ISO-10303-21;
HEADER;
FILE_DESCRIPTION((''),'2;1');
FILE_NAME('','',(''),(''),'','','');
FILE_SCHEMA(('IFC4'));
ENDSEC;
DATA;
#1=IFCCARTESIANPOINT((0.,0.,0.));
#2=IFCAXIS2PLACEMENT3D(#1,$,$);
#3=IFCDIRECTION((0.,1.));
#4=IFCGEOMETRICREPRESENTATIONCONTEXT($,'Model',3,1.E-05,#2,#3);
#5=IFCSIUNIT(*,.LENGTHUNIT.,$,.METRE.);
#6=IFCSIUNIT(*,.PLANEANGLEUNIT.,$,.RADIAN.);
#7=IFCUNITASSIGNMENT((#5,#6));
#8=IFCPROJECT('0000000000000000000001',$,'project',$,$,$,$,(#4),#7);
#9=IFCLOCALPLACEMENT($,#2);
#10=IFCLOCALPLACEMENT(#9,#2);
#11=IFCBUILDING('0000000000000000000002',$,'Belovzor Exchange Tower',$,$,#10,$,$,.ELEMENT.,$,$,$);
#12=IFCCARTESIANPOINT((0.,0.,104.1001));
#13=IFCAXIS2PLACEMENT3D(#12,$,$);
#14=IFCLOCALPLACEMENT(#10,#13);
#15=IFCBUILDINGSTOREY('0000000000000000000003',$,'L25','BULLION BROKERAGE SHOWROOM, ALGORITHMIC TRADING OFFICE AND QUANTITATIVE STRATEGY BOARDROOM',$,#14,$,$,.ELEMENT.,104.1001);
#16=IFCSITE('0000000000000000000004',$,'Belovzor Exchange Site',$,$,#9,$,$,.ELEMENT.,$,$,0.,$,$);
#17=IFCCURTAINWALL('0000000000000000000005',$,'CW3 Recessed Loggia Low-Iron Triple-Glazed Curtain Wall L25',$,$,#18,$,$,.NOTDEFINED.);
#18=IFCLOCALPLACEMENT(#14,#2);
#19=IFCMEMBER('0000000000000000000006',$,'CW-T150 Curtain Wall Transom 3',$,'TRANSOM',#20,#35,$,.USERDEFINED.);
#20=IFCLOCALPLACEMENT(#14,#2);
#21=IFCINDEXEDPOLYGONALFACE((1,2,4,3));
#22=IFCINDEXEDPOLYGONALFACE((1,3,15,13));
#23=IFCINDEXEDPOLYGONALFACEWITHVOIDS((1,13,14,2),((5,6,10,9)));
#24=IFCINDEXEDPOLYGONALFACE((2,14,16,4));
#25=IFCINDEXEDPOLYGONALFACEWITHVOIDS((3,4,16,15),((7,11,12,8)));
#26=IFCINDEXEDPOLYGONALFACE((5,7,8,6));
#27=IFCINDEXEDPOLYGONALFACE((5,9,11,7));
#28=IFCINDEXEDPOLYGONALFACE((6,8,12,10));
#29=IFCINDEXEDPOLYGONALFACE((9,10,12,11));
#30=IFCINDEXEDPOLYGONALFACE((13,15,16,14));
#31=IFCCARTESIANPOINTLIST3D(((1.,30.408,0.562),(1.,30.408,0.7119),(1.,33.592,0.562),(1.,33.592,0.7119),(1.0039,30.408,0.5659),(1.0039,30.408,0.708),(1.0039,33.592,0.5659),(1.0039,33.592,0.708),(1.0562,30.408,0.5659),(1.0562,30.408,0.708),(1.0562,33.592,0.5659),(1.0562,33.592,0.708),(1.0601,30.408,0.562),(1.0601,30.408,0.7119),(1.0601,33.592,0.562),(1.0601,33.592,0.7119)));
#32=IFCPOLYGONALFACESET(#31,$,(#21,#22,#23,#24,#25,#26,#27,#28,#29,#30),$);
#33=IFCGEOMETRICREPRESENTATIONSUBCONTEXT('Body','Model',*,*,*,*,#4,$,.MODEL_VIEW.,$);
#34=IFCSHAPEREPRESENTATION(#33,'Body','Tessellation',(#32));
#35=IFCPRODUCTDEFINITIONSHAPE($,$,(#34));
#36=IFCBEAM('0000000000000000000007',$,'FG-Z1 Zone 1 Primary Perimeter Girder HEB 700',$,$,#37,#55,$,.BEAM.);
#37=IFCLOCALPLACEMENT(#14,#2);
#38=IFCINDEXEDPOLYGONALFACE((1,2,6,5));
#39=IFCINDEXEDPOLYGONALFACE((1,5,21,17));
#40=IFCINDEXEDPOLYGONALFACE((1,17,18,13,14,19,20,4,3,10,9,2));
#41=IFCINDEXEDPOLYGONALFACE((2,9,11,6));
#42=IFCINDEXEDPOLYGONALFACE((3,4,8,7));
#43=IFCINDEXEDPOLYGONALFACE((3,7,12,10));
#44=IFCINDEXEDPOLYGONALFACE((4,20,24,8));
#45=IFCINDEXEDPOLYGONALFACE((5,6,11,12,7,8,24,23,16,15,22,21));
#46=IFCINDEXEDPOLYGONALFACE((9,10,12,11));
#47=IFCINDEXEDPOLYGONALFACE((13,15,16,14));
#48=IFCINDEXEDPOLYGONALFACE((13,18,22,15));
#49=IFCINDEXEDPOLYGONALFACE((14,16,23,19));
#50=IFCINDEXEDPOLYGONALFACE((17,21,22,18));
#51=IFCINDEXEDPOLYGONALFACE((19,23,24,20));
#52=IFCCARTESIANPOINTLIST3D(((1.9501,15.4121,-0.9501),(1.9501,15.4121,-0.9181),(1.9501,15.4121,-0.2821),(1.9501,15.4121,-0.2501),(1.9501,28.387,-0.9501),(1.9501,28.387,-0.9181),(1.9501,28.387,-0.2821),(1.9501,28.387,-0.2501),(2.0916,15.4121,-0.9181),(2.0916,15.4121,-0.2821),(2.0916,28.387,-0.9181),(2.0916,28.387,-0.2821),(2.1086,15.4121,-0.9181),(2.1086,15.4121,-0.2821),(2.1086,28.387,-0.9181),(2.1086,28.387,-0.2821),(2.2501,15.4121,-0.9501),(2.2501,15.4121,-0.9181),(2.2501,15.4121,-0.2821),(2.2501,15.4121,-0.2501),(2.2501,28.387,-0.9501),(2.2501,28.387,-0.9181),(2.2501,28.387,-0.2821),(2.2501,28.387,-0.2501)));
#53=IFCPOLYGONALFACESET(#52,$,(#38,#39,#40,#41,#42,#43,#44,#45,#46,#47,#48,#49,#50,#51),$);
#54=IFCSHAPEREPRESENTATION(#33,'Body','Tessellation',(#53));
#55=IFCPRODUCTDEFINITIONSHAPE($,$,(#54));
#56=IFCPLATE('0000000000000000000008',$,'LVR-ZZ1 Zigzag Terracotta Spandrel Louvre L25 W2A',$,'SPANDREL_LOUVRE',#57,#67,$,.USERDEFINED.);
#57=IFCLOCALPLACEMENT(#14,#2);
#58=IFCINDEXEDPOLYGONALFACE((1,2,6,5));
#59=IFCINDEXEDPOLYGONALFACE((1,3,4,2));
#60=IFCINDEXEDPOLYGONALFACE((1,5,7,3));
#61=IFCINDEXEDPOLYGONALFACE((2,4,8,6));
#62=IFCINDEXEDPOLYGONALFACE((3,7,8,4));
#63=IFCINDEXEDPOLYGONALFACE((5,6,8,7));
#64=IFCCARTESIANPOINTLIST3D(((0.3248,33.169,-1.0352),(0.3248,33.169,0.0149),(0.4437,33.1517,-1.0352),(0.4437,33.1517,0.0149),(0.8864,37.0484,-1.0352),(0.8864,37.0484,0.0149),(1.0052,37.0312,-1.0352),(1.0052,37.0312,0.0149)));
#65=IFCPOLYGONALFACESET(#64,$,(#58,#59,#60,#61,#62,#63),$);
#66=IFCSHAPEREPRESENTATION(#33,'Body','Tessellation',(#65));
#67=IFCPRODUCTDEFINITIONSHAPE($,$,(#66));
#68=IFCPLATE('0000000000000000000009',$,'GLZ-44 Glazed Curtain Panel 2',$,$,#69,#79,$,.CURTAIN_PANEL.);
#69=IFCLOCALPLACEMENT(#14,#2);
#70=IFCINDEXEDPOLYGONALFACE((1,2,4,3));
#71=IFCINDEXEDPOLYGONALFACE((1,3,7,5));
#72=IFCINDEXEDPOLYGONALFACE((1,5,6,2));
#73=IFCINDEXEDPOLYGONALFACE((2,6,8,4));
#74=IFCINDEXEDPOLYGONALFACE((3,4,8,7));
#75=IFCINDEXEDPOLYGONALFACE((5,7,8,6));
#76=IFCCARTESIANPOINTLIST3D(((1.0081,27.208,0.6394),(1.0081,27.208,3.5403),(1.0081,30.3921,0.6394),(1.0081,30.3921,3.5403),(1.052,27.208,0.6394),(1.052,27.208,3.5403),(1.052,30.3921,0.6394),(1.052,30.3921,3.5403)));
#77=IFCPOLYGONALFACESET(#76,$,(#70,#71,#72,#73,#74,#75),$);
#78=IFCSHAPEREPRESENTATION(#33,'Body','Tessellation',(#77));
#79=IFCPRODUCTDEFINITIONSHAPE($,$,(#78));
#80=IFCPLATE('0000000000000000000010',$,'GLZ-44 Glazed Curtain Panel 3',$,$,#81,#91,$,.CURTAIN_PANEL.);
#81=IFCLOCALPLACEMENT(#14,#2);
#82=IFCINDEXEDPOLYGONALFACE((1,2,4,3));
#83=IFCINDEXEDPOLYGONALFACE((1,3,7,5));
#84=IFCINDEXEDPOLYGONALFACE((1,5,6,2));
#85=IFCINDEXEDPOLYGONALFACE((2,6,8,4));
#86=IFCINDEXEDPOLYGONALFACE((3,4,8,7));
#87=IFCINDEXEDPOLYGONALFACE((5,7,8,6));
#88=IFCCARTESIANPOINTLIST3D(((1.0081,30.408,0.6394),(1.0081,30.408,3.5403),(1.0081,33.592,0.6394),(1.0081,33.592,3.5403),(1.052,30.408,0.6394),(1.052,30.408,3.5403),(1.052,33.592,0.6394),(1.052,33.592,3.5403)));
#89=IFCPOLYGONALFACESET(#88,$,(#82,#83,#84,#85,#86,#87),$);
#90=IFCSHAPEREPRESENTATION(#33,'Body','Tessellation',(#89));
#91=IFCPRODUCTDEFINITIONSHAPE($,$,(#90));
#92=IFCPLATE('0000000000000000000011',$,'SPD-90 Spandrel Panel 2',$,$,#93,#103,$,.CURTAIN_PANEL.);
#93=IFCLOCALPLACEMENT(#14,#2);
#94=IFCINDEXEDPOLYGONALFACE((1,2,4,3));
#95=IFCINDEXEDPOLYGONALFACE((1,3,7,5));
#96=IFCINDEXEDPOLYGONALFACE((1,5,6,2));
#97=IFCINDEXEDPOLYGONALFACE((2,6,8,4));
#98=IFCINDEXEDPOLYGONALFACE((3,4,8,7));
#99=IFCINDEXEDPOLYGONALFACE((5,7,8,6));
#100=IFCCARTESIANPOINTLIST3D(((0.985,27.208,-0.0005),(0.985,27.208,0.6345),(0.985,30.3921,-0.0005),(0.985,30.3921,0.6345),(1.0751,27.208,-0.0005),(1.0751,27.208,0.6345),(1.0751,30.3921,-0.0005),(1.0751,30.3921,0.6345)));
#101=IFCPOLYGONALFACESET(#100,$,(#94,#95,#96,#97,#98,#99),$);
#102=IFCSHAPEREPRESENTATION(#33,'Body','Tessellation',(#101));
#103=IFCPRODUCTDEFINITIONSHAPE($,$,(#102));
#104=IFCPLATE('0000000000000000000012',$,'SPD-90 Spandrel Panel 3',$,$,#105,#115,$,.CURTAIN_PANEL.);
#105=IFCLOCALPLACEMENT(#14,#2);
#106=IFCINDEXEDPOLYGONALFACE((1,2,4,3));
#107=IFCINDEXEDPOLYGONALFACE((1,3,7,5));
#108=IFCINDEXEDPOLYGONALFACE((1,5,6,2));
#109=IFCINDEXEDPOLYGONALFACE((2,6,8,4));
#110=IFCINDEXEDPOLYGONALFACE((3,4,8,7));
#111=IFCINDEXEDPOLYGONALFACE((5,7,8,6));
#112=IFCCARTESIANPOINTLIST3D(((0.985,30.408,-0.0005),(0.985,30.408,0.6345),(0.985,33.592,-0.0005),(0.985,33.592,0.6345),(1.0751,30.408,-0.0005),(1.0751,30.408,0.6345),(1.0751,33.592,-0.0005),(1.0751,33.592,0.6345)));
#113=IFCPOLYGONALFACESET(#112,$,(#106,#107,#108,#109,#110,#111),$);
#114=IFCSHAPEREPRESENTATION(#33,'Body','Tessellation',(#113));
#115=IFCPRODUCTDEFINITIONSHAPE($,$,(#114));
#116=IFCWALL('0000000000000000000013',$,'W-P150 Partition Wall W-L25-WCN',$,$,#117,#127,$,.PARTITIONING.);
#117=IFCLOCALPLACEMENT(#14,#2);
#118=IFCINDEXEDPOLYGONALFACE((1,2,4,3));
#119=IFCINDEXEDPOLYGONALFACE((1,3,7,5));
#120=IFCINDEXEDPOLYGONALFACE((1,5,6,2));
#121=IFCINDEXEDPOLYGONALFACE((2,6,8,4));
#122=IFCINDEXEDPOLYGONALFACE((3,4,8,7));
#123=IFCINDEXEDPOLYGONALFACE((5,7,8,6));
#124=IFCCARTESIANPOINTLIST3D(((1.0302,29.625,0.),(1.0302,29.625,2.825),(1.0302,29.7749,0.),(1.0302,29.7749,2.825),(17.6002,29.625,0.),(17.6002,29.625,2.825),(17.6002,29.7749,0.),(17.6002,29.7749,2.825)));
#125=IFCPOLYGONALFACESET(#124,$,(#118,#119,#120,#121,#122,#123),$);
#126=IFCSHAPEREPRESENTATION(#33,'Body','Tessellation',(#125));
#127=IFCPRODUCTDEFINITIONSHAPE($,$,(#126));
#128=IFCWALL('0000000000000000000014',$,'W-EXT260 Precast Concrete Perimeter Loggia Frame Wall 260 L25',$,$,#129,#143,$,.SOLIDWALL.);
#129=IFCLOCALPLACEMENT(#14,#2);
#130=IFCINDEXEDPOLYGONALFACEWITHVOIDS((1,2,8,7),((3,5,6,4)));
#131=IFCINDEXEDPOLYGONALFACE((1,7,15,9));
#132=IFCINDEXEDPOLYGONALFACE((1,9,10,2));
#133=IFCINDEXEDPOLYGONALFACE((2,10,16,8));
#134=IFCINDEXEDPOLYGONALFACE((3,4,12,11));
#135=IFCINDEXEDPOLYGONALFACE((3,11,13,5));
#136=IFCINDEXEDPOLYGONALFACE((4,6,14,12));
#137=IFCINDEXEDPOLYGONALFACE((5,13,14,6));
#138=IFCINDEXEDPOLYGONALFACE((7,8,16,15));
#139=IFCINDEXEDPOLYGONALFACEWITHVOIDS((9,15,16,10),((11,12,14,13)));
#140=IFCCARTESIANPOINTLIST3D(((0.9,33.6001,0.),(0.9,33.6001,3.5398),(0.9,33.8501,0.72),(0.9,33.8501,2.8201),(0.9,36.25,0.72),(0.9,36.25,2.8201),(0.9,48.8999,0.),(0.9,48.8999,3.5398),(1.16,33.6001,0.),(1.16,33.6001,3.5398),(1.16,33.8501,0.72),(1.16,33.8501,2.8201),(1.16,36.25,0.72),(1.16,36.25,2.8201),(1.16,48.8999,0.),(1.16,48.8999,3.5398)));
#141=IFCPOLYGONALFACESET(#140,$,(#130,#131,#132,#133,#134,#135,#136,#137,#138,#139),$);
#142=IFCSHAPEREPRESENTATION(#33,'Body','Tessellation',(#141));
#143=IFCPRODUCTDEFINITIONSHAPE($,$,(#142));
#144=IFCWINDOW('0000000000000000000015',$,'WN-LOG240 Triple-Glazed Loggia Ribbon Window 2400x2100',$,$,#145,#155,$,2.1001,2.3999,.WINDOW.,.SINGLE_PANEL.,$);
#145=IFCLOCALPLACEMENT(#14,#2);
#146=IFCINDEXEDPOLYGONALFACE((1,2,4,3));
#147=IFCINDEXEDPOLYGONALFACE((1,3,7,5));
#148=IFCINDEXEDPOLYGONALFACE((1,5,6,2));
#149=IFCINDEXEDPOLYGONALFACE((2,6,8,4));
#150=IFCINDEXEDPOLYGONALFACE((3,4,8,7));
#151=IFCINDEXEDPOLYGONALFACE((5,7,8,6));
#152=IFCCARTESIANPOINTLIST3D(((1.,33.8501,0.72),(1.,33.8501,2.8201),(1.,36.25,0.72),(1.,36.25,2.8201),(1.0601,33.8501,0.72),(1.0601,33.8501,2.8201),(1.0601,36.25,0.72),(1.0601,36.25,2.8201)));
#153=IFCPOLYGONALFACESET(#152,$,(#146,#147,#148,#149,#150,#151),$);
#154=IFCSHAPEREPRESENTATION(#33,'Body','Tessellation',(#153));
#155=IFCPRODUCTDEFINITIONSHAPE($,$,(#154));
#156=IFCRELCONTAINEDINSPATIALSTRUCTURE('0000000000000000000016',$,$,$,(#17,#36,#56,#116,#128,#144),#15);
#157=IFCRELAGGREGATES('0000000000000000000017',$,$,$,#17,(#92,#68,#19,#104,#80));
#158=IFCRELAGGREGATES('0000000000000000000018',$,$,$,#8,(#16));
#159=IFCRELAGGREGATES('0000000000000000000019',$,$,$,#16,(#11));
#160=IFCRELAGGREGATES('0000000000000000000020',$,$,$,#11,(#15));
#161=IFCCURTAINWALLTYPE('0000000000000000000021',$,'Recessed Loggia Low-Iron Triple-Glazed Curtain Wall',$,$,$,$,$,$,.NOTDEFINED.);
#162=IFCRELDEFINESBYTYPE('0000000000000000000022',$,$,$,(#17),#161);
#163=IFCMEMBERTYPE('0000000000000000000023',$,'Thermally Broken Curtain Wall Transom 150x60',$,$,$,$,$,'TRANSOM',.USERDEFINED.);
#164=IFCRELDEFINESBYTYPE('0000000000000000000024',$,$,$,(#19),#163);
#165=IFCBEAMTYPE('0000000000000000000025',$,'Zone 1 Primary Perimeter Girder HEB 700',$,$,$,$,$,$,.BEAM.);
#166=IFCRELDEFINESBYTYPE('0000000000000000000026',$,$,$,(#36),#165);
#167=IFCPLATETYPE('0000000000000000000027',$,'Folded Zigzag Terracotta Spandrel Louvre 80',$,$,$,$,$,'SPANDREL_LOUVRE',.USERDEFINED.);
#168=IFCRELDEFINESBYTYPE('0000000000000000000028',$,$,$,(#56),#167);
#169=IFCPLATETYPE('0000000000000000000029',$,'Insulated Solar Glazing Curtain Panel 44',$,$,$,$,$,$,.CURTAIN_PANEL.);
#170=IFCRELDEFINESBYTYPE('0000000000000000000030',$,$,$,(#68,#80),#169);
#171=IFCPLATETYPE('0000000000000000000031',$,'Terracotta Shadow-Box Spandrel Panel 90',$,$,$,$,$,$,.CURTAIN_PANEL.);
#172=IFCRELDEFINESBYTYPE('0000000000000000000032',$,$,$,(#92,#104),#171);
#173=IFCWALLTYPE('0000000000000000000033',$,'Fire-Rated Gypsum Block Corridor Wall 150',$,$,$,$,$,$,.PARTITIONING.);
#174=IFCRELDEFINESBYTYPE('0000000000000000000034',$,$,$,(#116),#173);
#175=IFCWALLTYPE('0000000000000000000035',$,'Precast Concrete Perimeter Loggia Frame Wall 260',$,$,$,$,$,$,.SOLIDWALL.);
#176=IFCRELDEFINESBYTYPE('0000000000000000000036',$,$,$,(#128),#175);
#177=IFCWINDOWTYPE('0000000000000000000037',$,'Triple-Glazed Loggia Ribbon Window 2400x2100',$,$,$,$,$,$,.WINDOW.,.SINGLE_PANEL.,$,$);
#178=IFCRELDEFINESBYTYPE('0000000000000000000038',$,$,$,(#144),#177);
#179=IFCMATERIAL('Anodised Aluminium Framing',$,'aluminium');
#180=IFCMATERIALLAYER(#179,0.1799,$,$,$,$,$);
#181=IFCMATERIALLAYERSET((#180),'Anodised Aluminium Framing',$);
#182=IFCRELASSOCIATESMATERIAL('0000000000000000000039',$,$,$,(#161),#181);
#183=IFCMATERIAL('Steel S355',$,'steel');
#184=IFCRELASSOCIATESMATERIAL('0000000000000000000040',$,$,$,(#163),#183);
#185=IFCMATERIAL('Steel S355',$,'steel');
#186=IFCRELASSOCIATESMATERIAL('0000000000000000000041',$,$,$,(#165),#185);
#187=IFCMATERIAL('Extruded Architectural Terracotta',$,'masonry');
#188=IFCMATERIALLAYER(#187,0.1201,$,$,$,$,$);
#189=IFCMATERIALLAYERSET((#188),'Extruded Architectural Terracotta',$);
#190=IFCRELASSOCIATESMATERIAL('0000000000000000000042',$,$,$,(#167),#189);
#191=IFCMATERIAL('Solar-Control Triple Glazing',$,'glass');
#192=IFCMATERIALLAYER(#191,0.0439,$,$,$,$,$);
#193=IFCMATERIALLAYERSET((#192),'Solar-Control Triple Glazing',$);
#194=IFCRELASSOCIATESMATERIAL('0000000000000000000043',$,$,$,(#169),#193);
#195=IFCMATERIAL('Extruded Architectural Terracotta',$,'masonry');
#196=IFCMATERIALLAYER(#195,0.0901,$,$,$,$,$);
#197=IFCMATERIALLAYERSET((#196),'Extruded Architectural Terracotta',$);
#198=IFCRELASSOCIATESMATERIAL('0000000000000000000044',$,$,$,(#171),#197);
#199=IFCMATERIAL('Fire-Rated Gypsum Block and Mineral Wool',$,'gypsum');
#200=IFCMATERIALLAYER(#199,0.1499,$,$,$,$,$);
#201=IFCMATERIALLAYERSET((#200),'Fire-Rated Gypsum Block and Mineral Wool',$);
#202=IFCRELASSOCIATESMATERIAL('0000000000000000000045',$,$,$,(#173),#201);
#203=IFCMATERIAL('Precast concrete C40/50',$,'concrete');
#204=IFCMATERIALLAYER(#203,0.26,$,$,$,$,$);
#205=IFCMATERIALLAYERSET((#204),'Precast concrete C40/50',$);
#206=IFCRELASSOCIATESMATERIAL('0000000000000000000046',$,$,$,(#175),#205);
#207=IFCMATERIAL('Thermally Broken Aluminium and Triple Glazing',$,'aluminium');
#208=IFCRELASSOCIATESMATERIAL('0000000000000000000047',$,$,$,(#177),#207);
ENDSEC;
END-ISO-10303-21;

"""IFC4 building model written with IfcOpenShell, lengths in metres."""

from ifc_helpers import new_model, si_unit, direction, frame, frame_2d, origin, origin_2d, place, context, subcontext, project, spatial, rectangle, hollow_rectangle, i_section, extrude, material, layer, layer_set, material_profile, profile_set, type_object, element, fill, aggregate, save


model = new_model("IFC4")

# Units and contexts
model_context = context("Model", 3, precision=1e-05, world=origin(), true_north=direction((0.0, 1.0)))
body_context = subcontext(model_context, "Body", "Model", "MODEL_VIEW")
ifc_project = project(units=[si_unit("LENGTHUNIT", "METRE"), si_unit("PLANEANGLEUNIT", "RADIAN")], contexts=[model_context])

# Site, building, storey
site_placement = place(None, origin())
site = spatial("IfcSite", under=ifc_project, at=site_placement, Name="Belovzor Exchange Site", CompositionType="ELEMENT", RefElevation=0.0)
building_placement = place(site_placement, origin())
building = spatial("IfcBuilding", under=site, at=building_placement, Name="Belovzor Exchange Tower", CompositionType="ELEMENT")
storey_placement = place(building_placement, frame((0.0, 0.0, 104.1001)))
storey = spatial("IfcBuildingStorey", under=building, at=storey_placement, Name="L25", Description="BULLION BROKERAGE SHOWROOM, ALGORITHMIC TRADING OFFICE AND QUANTITATIVE STRATEGY BOARDROOM", CompositionType="ELEMENT", Elevation=104.1001)

# Curtain wall, member
ifc_material_1 = material(Name="Anodised Aluminium Framing", Category="aluminium")
ifc_layer_1 = layer(ifc_material_1, 0.1799)
ifc_layer_set_1 = layer_set([ifc_layer_1], Name="Anodised Aluminium Framing")
curtain_wall_type = type_object("IfcCurtainWallType", Name="Recessed Loggia Low-Iron Triple-Glazed Curtain Wall", PredefinedType="NOTDEFINED", material=ifc_layer_set_1)
curtain_wall_placement = place(storey_placement, origin())
curtain_wall = element("IfcCurtainWall", 1, at=curtain_wall_placement, inside=storey, type_object=curtain_wall_type, Name="CW3 Recessed Loggia Low-Iron Triple-Glazed Curtain Wall L25", PredefinedType="NOTDEFINED")
ifc_material_2 = material(Name="Steel S355", Category="steel")
ifc_material_profile_1 = material_profile(ifc_material_2, hollow_rectangle(XDim=0.0601, YDim=0.1499, WallThickness=0.0039, at=origin_2d()))
ifc_profile_set_1 = profile_set([ifc_material_profile_1], Name="Steel S355")
member_type_1 = type_object("IfcMemberType", Name="Thermally Broken Curtain Wall Transom 150x60", ElementType="TRANSOM", PredefinedType="USERDEFINED", material=ifc_profile_set_1)
member_1_placement = place(storey_placement, frame((1.03, 30.408, 0.637), z_axis=(0.0, 1.0, 0.0), x_axis=(-1.0, 0.0, 0.0)))
member_1 = element("IfcMember", 2, at=member_1_placement, type_object=member_type_1, Name="CW-T150 Curtain Wall Transom 3", ObjectType="TRANSOM", PredefinedType="USERDEFINED", context=body_context, shape_type="SweptSolid", body=[
    extrude(hollow_rectangle(XDim=0.0601, YDim=0.1499, WallThickness=0.0039, at=origin_2d()), origin(), (0.0, 0.0, 1.0), 3.1841),
])

# Beam
ifc_material_3 = material(Name="Steel S355", Category="steel")
ifc_material_profile_2 = material_profile(ifc_material_3, i_section(OverallWidth=0.3, OverallDepth=0.7, WebThickness=0.0171, FlangeThickness=0.032, at=origin_2d()))
ifc_profile_set_2 = profile_set([ifc_material_profile_2], Name="Steel S355")
beam_type_1 = type_object("IfcBeamType", Name="Zone 1 Primary Perimeter Girder HEB 700", PredefinedType="BEAM", material=ifc_profile_set_2)
beam_1_placement = place(storey_placement, frame((2.1001, 28.387, -0.6001), z_axis=(0.0, -1.0, 0.0), x_axis=(1.0, 0.0, 0.0)))
element("IfcBeam", 3, at=beam_1_placement, inside=storey, type_object=beam_type_1, Name="FG-Z1 Zone 1 Primary Perimeter Girder HEB 700", PredefinedType="BEAM", context=body_context, shape_type="SweptSolid", body=[
    extrude(i_section(OverallWidth=0.3, OverallDepth=0.7, WebThickness=0.0171, FlangeThickness=0.032, at=origin_2d()), origin(), (0.0, 0.0, 1.0), 12.9749),
])

# Plates
ifc_material_4 = material(Name="Extruded Architectural Terracotta", Category="masonry")
ifc_layer_2 = layer(ifc_material_4, 0.1201)
ifc_layer_set_2 = layer_set([ifc_layer_2], Name="Extruded Architectural Terracotta")
plate_type_1 = type_object("IfcPlateType", Name="Folded Zigzag Terracotta Spandrel Louvre 80", ElementType="SPANDREL_LOUVRE", PredefinedType="USERDEFINED", material=ifc_layer_set_2)
plate_1_placement = place(storey_placement, frame((0.665, 35.1001, -1.0352), z_axis=(0.0, 0.0, 1.0), x_axis=(0.143251, 0.989686, 0.0)))
element("IfcPlate", 4, at=plate_1_placement, inside=storey, type_object=plate_type_1, Name="LVR-ZZ1 Zigzag Terracotta Spandrel Louvre L25 W2A", ObjectType="SPANDREL_LOUVRE", PredefinedType="USERDEFINED", context=body_context, shape_type="SweptSolid", body=[
    extrude(rectangle(XDim=3.9199, YDim=0.1201, at=origin_2d()), origin(), (0.0, 0.0, 1.0), 1.05),
])
ifc_material_5 = material(Name="Solar-Control Triple Glazing", Category="glass")
ifc_layer_3 = layer(ifc_material_5, 0.0439)
ifc_layer_set_3 = layer_set([ifc_layer_3], Name="Solar-Control Triple Glazing")
plate_type_2 = type_object("IfcPlateType", Name="Insulated Solar Glazing Curtain Panel 44", PredefinedType="CURTAIN_PANEL", material=ifc_layer_set_3)
plate_2_placement = place(storey_placement, frame((1.03, 28.8, 0.6394), z_axis=(0.0, 0.0, 1.0), x_axis=(0.0, 1.0, 0.0)))
plate_2 = element("IfcPlate", 5, at=plate_2_placement, type_object=plate_type_2, Name="GLZ-44 Glazed Curtain Panel 2", PredefinedType="CURTAIN_PANEL", context=body_context, shape_type="SweptSolid", body=[
    extrude(rectangle(XDim=3.1841, YDim=0.0439, at=origin_2d()), origin(), (0.0, 0.0, 1.0), 2.9009),
])
plate_3_placement = place(storey_placement, frame((1.03, 32.0, 0.6394), z_axis=(0.0, 0.0, 1.0), x_axis=(0.0, 1.0, 0.0)))
plate_3 = element("IfcPlate", 6, at=plate_3_placement, type_object=plate_type_2, Name="GLZ-44 Glazed Curtain Panel 3", PredefinedType="CURTAIN_PANEL", context=body_context, shape_type="SweptSolid", body=[
    extrude(rectangle(XDim=3.1841, YDim=0.0439, at=origin_2d()), origin(), (0.0, 0.0, 1.0), 2.9009),
])
ifc_material_6 = material(Name="Extruded Architectural Terracotta", Category="masonry")
ifc_layer_4 = layer(ifc_material_6, 0.0901)
ifc_layer_set_4 = layer_set([ifc_layer_4], Name="Extruded Architectural Terracotta")
plate_type_3 = type_object("IfcPlateType", Name="Terracotta Shadow-Box Spandrel Panel 90", PredefinedType="CURTAIN_PANEL", material=ifc_layer_set_4)
plate_4_placement = place(storey_placement, frame((1.03, 28.8, -0.0005), z_axis=(0.0, 0.0, 1.0), x_axis=(0.0, 1.0, 0.0)))
plate_4 = element("IfcPlate", 7, at=plate_4_placement, type_object=plate_type_3, Name="SPD-90 Spandrel Panel 2", PredefinedType="CURTAIN_PANEL", context=body_context, shape_type="SweptSolid", body=[
    extrude(rectangle(XDim=3.1841, YDim=0.0901, at=origin_2d()), origin(), (0.0, 0.0, 1.0), 0.635),
])
plate_5_placement = place(storey_placement, frame((1.03, 32.0, -0.0005), z_axis=(0.0, 0.0, 1.0), x_axis=(0.0, 1.0, 0.0)))
plate_5 = element("IfcPlate", 8, at=plate_5_placement, type_object=plate_type_3, Name="SPD-90 Spandrel Panel 3", PredefinedType="CURTAIN_PANEL", context=body_context, shape_type="SweptSolid", body=[
    extrude(rectangle(XDim=3.1841, YDim=0.0901, at=origin_2d()), origin(), (0.0, 0.0, 1.0), 0.635),
])
aggregate(curtain_wall, [plate_4, plate_2, member_1, plate_5, plate_3])

# Wall
ifc_material_7 = material(Name="Fire-Rated Gypsum Block and Mineral Wool", Category="gypsum")
ifc_layer_5 = layer(ifc_material_7, 0.1499)
ifc_layer_set_5 = layer_set([ifc_layer_5], Name="Fire-Rated Gypsum Block and Mineral Wool")
wall_type_1 = type_object("IfcWallType", Name="Fire-Rated Gypsum Block Corridor Wall 150", PredefinedType="PARTITIONING", material=ifc_layer_set_5)
wall_1_placement = place(storey_placement, frame((1.03, 29.7, 0.0), z_axis=(0.0, 0.0, 1.0), x_axis=(1.0, 0.0, 0.0)))
element("IfcWall", 9, at=wall_1_placement, inside=storey, type_object=wall_type_1, Name="W-P150 Partition Wall W-L25-WCN", PredefinedType="PARTITIONING", context=body_context, shape_type="SweptSolid", body=[
    extrude(rectangle(XDim=16.5701, YDim=0.1499, at=frame_2d((8.2852, 0.0))), origin(), (0.0, 0.0, 1.0), 2.825),
])

# Wall, opening, window
ifc_material_8 = material(Name="Precast concrete C40/50", Category="concrete")
ifc_layer_6 = layer(ifc_material_8, 0.26)
ifc_layer_set_6 = layer_set([ifc_layer_6], Name="Precast concrete C40/50")
wall_type_2 = type_object("IfcWallType", Name="Precast Concrete Perimeter Loggia Frame Wall 260", PredefinedType="SOLIDWALL", material=ifc_layer_set_6)
wall_2_placement = place(storey_placement, frame((1.03, 33.6001, 0.0), z_axis=(0.0, 0.0, 1.0), x_axis=(0.0, 1.0, 0.0)))
wall_2 = element("IfcWall", 10, at=wall_2_placement, inside=storey, type_object=wall_type_2, Name="W-EXT260 Precast Concrete Perimeter Loggia Frame Wall 260 L25", PredefinedType="SOLIDWALL", context=body_context, shape_type="SweptSolid", body=[
    extrude(rectangle(XDim=15.2998, YDim=0.26, at=frame_2d((7.6499, 0.0))), origin(), (0.0, 0.0, 1.0), 3.5398),
])
opening_placement = place(wall_2_placement, frame((0.25, 0.0, 0.72)))
opening = element("IfcOpeningElement", 11, at=opening_placement, cuts=wall_2, PredefinedType="OPENING", context=body_context, shape_type="SweptSolid", body=[
    extrude(rectangle(XDim=2.3999, YDim=2.1001, at=frame_2d((1.2, 1.05))), frame((0.0, 0.1399, 0.0), z_axis=(0.0, -1.0, 0.0), x_axis=(1.0, 0.0, 0.0)), (0.0, 0.0, 1.0), 0.28),
])
ifc_material_9 = material(Name="Thermally Broken Aluminium and Triple Glazing", Category="aluminium")
window_type = type_object("IfcWindowType", Name="Triple-Glazed Loggia Ribbon Window 2400x2100", PartitioningType="SINGLE_PANEL", PredefinedType="WINDOW", material=ifc_material_9)
window_placement = place(opening_placement, origin())
window = element("IfcWindow", 12, at=window_placement, inside=storey, type_object=window_type, Name="WN-LOG240 Triple-Glazed Loggia Ribbon Window 2400x2100", OverallHeight=2.1001, OverallWidth=2.3999, PartitioningType="SINGLE_PANEL", PredefinedType="WINDOW", context=body_context, shape_type="SweptSolid", body=[
    extrude(rectangle(XDim=2.3999, YDim=2.1001, at=frame_2d((1.2, 1.05))), frame((0.0, 0.03, 0.0), z_axis=(0.0, -1.0, 0.0), x_axis=(1.0, 0.0, 0.0)), (0.0, 0.0, 1.0), 0.0601),
])
fill(opening, window)

save(model, "model.ifc")
